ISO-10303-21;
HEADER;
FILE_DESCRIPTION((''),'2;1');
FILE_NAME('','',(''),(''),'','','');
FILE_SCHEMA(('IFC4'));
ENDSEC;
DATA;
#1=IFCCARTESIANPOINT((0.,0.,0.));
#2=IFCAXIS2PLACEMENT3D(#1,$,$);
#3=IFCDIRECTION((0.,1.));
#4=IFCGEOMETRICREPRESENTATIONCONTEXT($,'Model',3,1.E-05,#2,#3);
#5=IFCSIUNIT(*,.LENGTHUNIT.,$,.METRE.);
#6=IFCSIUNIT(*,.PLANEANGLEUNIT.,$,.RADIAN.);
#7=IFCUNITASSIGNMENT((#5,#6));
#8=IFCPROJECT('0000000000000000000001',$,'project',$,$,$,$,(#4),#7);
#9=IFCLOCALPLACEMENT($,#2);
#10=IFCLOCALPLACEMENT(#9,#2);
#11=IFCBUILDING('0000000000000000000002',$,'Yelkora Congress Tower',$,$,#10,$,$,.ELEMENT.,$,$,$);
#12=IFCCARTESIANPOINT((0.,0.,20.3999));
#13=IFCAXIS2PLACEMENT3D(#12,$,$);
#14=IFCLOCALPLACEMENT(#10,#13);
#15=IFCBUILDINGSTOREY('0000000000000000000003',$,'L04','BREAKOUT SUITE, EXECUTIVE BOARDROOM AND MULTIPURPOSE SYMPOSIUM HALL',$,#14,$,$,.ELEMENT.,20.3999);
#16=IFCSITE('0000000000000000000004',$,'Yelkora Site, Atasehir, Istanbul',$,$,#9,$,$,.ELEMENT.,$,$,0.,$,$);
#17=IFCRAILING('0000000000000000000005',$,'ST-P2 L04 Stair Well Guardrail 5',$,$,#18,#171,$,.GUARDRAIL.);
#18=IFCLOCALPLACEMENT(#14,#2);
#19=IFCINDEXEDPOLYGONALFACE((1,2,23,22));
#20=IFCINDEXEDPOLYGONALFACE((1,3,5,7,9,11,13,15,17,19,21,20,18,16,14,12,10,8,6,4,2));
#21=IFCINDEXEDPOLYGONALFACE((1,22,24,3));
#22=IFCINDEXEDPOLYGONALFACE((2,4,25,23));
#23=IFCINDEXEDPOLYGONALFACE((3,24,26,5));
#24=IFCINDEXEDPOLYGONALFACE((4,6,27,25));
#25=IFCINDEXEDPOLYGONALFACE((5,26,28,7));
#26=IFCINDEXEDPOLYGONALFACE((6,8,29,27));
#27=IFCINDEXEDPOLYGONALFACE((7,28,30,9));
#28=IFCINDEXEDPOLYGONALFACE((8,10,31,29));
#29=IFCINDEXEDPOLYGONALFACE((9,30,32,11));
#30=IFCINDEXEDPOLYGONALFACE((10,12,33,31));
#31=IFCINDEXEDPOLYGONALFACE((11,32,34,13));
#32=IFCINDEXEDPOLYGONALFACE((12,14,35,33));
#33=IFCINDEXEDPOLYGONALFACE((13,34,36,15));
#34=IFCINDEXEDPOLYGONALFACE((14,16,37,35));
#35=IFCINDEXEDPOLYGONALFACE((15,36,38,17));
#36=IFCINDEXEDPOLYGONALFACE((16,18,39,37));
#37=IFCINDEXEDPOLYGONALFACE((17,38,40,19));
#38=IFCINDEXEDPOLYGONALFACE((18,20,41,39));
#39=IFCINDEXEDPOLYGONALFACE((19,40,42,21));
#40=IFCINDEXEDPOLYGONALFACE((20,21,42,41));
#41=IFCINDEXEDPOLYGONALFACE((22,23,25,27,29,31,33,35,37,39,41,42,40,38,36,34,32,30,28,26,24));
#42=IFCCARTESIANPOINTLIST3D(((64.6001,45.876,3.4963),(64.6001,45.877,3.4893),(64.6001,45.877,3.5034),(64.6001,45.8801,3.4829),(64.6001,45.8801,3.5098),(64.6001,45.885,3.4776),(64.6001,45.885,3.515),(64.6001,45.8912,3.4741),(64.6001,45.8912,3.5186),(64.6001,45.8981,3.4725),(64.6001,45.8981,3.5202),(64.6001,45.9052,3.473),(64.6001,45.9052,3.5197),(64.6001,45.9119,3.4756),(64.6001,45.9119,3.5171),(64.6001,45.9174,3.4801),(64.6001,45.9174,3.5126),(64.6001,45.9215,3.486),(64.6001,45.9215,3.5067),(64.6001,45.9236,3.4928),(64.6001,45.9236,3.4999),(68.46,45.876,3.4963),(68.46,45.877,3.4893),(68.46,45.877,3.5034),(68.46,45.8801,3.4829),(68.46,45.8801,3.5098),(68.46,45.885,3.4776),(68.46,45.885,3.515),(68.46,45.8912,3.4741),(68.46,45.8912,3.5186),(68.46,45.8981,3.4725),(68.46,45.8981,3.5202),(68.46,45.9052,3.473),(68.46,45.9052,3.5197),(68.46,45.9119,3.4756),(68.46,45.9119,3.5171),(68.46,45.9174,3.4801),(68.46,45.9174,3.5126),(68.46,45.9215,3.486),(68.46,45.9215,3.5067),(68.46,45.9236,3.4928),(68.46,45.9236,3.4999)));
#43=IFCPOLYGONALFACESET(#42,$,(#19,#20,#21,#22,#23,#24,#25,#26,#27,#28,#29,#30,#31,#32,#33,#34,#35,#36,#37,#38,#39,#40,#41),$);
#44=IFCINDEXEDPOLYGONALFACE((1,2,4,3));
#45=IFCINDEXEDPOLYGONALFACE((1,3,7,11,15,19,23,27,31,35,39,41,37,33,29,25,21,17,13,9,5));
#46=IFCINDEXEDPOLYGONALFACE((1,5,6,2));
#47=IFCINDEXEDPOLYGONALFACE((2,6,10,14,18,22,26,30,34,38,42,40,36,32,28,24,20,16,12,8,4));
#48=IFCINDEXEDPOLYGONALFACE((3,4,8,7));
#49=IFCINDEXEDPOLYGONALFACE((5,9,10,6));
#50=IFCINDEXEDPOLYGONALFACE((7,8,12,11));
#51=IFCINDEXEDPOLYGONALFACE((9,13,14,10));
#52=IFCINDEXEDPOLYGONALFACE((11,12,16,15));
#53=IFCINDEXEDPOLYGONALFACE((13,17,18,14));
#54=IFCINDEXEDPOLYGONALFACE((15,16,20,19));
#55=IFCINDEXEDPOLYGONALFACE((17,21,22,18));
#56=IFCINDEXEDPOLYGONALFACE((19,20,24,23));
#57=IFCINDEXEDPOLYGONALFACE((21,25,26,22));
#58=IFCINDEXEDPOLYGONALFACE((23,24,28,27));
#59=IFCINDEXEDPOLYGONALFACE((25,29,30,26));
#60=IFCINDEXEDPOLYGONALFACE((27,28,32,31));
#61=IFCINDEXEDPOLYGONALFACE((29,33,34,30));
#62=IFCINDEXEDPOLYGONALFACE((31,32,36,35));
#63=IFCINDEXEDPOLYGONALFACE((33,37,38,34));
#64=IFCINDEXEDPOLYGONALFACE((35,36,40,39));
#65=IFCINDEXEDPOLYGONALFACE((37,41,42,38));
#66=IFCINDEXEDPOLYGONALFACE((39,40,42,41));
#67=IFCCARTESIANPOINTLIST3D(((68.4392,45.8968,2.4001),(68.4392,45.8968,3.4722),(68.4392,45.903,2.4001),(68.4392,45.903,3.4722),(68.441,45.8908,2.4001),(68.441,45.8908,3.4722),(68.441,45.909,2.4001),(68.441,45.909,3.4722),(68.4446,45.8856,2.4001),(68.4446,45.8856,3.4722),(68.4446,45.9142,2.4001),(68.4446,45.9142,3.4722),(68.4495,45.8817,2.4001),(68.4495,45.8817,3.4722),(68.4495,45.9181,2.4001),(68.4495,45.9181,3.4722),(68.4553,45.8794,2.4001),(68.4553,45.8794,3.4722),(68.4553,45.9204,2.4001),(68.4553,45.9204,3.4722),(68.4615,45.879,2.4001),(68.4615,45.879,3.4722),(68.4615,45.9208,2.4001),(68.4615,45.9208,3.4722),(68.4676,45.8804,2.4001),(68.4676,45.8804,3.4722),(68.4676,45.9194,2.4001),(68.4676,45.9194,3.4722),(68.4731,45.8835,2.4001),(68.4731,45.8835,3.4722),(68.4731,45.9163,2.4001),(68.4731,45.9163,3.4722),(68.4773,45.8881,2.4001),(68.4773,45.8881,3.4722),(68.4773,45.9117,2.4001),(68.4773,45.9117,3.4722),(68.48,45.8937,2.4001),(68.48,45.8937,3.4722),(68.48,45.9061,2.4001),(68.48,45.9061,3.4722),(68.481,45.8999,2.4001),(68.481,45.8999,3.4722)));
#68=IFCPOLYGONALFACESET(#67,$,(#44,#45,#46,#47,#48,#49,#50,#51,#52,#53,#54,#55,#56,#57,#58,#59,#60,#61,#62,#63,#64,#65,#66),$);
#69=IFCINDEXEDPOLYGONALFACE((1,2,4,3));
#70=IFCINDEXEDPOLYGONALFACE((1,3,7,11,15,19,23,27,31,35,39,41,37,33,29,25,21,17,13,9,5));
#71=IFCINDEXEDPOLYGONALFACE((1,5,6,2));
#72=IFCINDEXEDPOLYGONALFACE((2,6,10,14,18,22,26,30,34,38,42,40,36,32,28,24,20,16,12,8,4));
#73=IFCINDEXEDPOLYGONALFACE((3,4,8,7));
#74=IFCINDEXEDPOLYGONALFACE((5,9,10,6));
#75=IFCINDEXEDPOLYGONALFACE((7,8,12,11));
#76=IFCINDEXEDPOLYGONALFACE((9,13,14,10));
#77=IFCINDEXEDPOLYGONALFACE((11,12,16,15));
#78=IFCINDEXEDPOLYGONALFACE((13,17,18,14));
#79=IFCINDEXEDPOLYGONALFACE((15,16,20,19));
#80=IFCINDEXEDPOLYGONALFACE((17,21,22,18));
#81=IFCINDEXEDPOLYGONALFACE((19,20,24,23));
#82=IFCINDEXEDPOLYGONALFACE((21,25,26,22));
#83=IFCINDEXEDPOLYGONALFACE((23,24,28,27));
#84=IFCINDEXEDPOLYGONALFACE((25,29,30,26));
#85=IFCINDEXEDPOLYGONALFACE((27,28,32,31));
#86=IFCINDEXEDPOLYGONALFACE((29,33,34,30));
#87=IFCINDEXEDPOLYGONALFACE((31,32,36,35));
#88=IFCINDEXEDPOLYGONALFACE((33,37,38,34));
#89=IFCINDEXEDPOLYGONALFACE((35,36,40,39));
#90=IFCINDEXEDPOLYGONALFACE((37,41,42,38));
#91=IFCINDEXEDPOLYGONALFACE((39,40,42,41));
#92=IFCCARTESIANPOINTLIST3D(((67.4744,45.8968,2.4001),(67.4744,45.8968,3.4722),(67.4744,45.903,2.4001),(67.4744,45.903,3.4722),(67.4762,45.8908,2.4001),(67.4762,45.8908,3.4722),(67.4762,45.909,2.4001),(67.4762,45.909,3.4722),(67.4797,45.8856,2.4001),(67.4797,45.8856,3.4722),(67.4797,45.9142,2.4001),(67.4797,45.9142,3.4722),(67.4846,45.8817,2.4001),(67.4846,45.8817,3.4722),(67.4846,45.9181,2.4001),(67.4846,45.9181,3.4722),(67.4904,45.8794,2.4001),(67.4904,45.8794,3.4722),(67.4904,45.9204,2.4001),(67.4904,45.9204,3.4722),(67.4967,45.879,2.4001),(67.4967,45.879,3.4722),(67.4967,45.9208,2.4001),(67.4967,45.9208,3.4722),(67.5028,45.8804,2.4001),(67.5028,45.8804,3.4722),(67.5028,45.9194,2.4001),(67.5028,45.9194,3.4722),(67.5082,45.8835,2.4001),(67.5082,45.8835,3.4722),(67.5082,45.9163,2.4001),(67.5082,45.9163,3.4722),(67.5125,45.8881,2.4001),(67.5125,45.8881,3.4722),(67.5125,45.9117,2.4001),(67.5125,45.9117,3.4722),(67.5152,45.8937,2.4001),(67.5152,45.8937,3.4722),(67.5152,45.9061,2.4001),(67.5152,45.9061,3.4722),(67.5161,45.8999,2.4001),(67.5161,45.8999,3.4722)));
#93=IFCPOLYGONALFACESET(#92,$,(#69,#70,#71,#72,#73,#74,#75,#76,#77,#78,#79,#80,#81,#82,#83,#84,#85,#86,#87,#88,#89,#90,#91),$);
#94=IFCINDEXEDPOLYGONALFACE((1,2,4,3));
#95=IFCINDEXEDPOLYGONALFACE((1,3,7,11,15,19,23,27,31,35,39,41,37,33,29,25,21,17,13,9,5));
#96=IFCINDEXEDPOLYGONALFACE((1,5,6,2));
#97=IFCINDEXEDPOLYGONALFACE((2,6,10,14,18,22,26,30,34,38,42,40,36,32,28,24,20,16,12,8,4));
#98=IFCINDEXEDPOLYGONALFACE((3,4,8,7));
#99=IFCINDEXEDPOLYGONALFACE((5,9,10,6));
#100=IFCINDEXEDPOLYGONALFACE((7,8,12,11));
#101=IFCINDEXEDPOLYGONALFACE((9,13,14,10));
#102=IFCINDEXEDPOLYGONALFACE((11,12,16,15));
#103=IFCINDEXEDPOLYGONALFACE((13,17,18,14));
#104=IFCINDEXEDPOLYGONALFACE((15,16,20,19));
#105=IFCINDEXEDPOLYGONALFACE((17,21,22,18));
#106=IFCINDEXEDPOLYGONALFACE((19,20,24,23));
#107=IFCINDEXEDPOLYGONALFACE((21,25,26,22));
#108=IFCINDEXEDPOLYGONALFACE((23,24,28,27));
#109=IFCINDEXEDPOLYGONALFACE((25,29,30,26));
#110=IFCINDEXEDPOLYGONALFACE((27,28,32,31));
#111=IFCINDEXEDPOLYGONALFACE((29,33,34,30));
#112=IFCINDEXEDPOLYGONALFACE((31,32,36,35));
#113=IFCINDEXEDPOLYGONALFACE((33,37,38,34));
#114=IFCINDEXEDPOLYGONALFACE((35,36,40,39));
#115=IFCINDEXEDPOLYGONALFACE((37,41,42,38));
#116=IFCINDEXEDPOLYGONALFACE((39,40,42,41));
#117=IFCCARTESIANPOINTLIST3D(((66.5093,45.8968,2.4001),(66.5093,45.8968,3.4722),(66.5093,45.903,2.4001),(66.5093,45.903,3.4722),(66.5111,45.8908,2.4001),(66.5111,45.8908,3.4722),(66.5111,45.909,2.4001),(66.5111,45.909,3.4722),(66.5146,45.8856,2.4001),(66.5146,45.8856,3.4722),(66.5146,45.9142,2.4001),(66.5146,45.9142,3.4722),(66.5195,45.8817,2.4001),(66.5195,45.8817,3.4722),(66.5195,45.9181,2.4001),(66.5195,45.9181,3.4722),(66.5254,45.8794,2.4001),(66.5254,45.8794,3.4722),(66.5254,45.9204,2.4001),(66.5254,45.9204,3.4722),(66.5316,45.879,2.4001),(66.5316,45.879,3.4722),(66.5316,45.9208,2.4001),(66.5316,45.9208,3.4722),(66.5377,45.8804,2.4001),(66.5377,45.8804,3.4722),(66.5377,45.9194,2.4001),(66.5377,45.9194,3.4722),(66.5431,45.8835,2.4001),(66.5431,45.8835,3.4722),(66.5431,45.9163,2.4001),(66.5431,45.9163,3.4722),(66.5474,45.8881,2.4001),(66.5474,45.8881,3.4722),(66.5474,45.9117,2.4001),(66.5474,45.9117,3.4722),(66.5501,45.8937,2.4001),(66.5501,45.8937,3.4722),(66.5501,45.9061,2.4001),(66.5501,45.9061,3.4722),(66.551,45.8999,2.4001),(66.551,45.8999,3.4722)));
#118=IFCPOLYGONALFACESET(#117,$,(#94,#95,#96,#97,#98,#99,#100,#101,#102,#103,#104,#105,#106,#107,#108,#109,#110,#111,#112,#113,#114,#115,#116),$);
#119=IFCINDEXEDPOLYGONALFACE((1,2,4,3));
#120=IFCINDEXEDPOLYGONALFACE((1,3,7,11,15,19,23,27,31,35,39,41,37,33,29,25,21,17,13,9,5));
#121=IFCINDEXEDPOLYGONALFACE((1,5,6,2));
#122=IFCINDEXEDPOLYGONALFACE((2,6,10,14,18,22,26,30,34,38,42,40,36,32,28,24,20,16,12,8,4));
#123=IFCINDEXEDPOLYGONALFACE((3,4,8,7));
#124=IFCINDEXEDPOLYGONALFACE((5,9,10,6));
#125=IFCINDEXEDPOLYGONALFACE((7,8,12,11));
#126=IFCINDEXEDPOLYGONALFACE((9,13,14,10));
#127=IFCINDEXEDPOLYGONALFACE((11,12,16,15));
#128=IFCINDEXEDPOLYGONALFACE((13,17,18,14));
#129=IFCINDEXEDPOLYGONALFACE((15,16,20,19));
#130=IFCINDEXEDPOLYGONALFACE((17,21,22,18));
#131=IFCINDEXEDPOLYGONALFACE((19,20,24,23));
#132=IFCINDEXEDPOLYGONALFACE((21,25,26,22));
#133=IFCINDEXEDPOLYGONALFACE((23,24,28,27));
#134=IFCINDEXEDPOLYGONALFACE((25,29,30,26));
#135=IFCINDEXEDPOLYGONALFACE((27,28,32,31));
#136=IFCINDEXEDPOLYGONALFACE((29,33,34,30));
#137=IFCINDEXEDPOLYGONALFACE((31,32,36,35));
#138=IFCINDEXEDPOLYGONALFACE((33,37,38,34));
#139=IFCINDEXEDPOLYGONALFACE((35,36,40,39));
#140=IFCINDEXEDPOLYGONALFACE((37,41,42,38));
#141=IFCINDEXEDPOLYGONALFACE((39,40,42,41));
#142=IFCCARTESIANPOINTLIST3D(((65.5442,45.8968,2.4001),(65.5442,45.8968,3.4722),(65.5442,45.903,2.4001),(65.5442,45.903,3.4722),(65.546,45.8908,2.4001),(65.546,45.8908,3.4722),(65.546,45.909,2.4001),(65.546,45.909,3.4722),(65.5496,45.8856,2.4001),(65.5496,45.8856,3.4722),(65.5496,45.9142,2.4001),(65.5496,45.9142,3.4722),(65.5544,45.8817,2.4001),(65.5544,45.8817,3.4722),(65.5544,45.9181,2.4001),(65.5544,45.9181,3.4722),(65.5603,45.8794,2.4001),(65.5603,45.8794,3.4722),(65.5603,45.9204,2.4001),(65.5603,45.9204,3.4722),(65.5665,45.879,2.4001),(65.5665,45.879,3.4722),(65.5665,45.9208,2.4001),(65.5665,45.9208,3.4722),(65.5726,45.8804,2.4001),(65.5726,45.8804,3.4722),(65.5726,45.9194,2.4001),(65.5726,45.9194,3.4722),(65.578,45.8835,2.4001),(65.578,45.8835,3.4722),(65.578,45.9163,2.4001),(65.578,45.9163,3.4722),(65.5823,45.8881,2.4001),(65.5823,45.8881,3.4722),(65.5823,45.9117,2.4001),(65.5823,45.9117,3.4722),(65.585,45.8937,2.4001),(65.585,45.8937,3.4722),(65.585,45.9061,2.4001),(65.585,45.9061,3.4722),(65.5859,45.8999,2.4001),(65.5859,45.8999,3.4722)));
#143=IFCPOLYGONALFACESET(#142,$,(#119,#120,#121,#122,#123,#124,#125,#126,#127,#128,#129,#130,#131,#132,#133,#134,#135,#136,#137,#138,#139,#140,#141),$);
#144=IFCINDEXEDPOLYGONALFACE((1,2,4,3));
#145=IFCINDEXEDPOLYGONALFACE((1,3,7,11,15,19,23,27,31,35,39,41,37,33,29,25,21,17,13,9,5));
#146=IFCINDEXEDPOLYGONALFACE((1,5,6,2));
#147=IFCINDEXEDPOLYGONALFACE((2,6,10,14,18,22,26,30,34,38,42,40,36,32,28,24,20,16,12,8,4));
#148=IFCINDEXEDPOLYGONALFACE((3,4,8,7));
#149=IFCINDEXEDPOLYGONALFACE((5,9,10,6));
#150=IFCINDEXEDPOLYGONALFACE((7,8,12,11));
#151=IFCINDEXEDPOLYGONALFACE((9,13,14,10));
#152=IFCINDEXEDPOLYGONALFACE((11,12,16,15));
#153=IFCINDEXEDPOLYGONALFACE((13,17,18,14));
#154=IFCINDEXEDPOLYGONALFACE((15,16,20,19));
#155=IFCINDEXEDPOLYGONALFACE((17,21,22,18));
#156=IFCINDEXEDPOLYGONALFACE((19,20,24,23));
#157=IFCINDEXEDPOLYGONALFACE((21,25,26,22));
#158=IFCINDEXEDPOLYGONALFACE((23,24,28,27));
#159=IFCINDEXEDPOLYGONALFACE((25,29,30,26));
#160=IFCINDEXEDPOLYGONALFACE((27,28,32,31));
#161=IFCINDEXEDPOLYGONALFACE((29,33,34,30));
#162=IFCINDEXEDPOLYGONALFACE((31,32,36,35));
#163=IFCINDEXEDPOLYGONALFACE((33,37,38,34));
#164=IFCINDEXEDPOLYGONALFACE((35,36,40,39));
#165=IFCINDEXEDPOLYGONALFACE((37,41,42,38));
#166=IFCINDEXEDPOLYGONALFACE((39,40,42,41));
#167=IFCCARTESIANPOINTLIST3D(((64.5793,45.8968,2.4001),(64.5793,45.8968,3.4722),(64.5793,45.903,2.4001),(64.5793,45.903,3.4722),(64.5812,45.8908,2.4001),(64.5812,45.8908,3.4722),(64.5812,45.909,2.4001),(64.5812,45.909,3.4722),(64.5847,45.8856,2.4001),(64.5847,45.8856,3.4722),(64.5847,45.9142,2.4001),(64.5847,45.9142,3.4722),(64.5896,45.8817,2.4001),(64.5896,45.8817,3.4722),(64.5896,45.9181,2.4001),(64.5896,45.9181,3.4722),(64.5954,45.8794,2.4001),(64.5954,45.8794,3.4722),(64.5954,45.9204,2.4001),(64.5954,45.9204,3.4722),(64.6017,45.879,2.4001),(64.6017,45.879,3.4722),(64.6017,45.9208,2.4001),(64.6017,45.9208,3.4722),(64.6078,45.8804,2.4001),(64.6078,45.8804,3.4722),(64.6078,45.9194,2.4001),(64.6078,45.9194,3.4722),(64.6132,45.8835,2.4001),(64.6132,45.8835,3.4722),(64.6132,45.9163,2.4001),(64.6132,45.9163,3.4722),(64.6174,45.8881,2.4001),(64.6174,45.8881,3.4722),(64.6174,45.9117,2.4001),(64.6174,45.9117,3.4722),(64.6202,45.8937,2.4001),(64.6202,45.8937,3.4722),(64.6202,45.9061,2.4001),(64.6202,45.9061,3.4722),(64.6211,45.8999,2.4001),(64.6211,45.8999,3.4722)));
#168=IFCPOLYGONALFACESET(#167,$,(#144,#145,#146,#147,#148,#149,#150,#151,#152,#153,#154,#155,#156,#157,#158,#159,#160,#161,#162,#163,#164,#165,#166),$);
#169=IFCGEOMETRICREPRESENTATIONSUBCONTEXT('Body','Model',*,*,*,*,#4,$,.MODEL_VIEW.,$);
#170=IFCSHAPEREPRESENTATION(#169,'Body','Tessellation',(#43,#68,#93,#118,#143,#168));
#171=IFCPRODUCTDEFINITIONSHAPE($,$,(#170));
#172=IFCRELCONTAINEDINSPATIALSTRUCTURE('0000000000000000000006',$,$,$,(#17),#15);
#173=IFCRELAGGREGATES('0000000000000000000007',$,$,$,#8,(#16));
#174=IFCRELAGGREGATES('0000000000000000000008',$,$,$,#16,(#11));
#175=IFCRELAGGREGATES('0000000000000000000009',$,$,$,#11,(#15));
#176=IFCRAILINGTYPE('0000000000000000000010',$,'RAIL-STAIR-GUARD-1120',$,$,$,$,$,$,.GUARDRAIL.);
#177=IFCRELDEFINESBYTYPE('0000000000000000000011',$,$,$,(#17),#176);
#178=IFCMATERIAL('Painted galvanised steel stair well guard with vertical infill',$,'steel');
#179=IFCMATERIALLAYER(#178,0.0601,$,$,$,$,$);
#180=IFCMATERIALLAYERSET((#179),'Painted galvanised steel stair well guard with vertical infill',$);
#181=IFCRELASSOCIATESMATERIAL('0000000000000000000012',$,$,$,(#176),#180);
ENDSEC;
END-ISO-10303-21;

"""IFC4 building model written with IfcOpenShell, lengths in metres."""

from ifc_helpers import new_model, si_unit, direction, frame, origin, origin_2d, place, context, subcontext, project, spatial, circle, extrude, material, layer, layer_set, type_object, element, save


model = new_model("IFC4")

# Units and contexts
model_context = context("Model", 3, precision=1e-05, world=origin(), true_north=direction((0.0, 1.0)))
body_context = subcontext(model_context, "Body", "Model", "MODEL_VIEW")
ifc_project = project(units=[si_unit("LENGTHUNIT", "METRE"), si_unit("PLANEANGLEUNIT", "RADIAN")], contexts=[model_context])

# Site, building, storey
site_placement = place(None, origin())
site = spatial("IfcSite", under=ifc_project, at=site_placement, Name="Yelkora Site, Atasehir, Istanbul", CompositionType="ELEMENT", RefElevation=0.0)
building_placement = place(site_placement, origin())
building = spatial("IfcBuilding", under=site, at=building_placement, Name="Yelkora Congress Tower", CompositionType="ELEMENT")
storey_placement = place(building_placement, frame((0.0, 0.0, 20.3999)))
storey = spatial("IfcBuildingStorey", under=building, at=storey_placement, Name="L04", Description="BREAKOUT SUITE, EXECUTIVE BOARDROOM AND MULTIPURPOSE SYMPOSIUM HALL", CompositionType="ELEMENT", Elevation=20.3999)

# Railing
ifc_material_1 = material(Name="Painted galvanised steel stair well guard with vertical infill", Category="steel")
ifc_layer_1 = layer(ifc_material_1, 0.0601)
ifc_layer_set_1 = layer_set([ifc_layer_1], Name="Painted galvanised steel stair well guard with vertical infill")
railing_type_1 = type_object("IfcRailingType", Name="RAIL-STAIR-GUARD-1120", PredefinedType="GUARDRAIL", material=ifc_layer_set_1)
railing_1_placement = place(storey_placement, frame((68.46, 45.8999, 2.4001)))
element("IfcRailing", 1, at=railing_1_placement, inside=storey, type_object=railing_type_1, Name="ST-P2 L04 Stair Well Guardrail 5", PredefinedType="GUARDRAIL", context=body_context, shape_type="SweptSolid", body=[
    extrude(circle(Radius=0.0239, at=origin_2d()), frame((0.0, 0.0, 1.0962), z_axis=(-1.0, 0.0, 0.0), x_axis=(0.0, -1.0, 0.0)), (0.0, 0.0, 1.0), 3.8599),
    extrude(circle(Radius=0.021, at=origin_2d()), origin(), (0.0, 0.0, 1.0), 1.072),
    extrude(circle(Radius=0.021, at=origin_2d()), frame((-0.9648, 0.0, 0.0)), (0.0, 0.0, 1.0), 1.072),
    extrude(circle(Radius=0.021, at=origin_2d()), frame((-1.9299, 0.0, 0.0)), (0.0, 0.0, 1.0), 1.072),
    extrude(circle(Radius=0.021, at=origin_2d()), frame((-2.895, 0.0, 0.0)), (0.0, 0.0, 1.0), 1.072),
    extrude(circle(Radius=0.021, at=origin_2d()), frame((-3.8599, 0.0, 0.0)), (0.0, 0.0, 1.0), 1.072),
])

save(model, "model.ifc")
